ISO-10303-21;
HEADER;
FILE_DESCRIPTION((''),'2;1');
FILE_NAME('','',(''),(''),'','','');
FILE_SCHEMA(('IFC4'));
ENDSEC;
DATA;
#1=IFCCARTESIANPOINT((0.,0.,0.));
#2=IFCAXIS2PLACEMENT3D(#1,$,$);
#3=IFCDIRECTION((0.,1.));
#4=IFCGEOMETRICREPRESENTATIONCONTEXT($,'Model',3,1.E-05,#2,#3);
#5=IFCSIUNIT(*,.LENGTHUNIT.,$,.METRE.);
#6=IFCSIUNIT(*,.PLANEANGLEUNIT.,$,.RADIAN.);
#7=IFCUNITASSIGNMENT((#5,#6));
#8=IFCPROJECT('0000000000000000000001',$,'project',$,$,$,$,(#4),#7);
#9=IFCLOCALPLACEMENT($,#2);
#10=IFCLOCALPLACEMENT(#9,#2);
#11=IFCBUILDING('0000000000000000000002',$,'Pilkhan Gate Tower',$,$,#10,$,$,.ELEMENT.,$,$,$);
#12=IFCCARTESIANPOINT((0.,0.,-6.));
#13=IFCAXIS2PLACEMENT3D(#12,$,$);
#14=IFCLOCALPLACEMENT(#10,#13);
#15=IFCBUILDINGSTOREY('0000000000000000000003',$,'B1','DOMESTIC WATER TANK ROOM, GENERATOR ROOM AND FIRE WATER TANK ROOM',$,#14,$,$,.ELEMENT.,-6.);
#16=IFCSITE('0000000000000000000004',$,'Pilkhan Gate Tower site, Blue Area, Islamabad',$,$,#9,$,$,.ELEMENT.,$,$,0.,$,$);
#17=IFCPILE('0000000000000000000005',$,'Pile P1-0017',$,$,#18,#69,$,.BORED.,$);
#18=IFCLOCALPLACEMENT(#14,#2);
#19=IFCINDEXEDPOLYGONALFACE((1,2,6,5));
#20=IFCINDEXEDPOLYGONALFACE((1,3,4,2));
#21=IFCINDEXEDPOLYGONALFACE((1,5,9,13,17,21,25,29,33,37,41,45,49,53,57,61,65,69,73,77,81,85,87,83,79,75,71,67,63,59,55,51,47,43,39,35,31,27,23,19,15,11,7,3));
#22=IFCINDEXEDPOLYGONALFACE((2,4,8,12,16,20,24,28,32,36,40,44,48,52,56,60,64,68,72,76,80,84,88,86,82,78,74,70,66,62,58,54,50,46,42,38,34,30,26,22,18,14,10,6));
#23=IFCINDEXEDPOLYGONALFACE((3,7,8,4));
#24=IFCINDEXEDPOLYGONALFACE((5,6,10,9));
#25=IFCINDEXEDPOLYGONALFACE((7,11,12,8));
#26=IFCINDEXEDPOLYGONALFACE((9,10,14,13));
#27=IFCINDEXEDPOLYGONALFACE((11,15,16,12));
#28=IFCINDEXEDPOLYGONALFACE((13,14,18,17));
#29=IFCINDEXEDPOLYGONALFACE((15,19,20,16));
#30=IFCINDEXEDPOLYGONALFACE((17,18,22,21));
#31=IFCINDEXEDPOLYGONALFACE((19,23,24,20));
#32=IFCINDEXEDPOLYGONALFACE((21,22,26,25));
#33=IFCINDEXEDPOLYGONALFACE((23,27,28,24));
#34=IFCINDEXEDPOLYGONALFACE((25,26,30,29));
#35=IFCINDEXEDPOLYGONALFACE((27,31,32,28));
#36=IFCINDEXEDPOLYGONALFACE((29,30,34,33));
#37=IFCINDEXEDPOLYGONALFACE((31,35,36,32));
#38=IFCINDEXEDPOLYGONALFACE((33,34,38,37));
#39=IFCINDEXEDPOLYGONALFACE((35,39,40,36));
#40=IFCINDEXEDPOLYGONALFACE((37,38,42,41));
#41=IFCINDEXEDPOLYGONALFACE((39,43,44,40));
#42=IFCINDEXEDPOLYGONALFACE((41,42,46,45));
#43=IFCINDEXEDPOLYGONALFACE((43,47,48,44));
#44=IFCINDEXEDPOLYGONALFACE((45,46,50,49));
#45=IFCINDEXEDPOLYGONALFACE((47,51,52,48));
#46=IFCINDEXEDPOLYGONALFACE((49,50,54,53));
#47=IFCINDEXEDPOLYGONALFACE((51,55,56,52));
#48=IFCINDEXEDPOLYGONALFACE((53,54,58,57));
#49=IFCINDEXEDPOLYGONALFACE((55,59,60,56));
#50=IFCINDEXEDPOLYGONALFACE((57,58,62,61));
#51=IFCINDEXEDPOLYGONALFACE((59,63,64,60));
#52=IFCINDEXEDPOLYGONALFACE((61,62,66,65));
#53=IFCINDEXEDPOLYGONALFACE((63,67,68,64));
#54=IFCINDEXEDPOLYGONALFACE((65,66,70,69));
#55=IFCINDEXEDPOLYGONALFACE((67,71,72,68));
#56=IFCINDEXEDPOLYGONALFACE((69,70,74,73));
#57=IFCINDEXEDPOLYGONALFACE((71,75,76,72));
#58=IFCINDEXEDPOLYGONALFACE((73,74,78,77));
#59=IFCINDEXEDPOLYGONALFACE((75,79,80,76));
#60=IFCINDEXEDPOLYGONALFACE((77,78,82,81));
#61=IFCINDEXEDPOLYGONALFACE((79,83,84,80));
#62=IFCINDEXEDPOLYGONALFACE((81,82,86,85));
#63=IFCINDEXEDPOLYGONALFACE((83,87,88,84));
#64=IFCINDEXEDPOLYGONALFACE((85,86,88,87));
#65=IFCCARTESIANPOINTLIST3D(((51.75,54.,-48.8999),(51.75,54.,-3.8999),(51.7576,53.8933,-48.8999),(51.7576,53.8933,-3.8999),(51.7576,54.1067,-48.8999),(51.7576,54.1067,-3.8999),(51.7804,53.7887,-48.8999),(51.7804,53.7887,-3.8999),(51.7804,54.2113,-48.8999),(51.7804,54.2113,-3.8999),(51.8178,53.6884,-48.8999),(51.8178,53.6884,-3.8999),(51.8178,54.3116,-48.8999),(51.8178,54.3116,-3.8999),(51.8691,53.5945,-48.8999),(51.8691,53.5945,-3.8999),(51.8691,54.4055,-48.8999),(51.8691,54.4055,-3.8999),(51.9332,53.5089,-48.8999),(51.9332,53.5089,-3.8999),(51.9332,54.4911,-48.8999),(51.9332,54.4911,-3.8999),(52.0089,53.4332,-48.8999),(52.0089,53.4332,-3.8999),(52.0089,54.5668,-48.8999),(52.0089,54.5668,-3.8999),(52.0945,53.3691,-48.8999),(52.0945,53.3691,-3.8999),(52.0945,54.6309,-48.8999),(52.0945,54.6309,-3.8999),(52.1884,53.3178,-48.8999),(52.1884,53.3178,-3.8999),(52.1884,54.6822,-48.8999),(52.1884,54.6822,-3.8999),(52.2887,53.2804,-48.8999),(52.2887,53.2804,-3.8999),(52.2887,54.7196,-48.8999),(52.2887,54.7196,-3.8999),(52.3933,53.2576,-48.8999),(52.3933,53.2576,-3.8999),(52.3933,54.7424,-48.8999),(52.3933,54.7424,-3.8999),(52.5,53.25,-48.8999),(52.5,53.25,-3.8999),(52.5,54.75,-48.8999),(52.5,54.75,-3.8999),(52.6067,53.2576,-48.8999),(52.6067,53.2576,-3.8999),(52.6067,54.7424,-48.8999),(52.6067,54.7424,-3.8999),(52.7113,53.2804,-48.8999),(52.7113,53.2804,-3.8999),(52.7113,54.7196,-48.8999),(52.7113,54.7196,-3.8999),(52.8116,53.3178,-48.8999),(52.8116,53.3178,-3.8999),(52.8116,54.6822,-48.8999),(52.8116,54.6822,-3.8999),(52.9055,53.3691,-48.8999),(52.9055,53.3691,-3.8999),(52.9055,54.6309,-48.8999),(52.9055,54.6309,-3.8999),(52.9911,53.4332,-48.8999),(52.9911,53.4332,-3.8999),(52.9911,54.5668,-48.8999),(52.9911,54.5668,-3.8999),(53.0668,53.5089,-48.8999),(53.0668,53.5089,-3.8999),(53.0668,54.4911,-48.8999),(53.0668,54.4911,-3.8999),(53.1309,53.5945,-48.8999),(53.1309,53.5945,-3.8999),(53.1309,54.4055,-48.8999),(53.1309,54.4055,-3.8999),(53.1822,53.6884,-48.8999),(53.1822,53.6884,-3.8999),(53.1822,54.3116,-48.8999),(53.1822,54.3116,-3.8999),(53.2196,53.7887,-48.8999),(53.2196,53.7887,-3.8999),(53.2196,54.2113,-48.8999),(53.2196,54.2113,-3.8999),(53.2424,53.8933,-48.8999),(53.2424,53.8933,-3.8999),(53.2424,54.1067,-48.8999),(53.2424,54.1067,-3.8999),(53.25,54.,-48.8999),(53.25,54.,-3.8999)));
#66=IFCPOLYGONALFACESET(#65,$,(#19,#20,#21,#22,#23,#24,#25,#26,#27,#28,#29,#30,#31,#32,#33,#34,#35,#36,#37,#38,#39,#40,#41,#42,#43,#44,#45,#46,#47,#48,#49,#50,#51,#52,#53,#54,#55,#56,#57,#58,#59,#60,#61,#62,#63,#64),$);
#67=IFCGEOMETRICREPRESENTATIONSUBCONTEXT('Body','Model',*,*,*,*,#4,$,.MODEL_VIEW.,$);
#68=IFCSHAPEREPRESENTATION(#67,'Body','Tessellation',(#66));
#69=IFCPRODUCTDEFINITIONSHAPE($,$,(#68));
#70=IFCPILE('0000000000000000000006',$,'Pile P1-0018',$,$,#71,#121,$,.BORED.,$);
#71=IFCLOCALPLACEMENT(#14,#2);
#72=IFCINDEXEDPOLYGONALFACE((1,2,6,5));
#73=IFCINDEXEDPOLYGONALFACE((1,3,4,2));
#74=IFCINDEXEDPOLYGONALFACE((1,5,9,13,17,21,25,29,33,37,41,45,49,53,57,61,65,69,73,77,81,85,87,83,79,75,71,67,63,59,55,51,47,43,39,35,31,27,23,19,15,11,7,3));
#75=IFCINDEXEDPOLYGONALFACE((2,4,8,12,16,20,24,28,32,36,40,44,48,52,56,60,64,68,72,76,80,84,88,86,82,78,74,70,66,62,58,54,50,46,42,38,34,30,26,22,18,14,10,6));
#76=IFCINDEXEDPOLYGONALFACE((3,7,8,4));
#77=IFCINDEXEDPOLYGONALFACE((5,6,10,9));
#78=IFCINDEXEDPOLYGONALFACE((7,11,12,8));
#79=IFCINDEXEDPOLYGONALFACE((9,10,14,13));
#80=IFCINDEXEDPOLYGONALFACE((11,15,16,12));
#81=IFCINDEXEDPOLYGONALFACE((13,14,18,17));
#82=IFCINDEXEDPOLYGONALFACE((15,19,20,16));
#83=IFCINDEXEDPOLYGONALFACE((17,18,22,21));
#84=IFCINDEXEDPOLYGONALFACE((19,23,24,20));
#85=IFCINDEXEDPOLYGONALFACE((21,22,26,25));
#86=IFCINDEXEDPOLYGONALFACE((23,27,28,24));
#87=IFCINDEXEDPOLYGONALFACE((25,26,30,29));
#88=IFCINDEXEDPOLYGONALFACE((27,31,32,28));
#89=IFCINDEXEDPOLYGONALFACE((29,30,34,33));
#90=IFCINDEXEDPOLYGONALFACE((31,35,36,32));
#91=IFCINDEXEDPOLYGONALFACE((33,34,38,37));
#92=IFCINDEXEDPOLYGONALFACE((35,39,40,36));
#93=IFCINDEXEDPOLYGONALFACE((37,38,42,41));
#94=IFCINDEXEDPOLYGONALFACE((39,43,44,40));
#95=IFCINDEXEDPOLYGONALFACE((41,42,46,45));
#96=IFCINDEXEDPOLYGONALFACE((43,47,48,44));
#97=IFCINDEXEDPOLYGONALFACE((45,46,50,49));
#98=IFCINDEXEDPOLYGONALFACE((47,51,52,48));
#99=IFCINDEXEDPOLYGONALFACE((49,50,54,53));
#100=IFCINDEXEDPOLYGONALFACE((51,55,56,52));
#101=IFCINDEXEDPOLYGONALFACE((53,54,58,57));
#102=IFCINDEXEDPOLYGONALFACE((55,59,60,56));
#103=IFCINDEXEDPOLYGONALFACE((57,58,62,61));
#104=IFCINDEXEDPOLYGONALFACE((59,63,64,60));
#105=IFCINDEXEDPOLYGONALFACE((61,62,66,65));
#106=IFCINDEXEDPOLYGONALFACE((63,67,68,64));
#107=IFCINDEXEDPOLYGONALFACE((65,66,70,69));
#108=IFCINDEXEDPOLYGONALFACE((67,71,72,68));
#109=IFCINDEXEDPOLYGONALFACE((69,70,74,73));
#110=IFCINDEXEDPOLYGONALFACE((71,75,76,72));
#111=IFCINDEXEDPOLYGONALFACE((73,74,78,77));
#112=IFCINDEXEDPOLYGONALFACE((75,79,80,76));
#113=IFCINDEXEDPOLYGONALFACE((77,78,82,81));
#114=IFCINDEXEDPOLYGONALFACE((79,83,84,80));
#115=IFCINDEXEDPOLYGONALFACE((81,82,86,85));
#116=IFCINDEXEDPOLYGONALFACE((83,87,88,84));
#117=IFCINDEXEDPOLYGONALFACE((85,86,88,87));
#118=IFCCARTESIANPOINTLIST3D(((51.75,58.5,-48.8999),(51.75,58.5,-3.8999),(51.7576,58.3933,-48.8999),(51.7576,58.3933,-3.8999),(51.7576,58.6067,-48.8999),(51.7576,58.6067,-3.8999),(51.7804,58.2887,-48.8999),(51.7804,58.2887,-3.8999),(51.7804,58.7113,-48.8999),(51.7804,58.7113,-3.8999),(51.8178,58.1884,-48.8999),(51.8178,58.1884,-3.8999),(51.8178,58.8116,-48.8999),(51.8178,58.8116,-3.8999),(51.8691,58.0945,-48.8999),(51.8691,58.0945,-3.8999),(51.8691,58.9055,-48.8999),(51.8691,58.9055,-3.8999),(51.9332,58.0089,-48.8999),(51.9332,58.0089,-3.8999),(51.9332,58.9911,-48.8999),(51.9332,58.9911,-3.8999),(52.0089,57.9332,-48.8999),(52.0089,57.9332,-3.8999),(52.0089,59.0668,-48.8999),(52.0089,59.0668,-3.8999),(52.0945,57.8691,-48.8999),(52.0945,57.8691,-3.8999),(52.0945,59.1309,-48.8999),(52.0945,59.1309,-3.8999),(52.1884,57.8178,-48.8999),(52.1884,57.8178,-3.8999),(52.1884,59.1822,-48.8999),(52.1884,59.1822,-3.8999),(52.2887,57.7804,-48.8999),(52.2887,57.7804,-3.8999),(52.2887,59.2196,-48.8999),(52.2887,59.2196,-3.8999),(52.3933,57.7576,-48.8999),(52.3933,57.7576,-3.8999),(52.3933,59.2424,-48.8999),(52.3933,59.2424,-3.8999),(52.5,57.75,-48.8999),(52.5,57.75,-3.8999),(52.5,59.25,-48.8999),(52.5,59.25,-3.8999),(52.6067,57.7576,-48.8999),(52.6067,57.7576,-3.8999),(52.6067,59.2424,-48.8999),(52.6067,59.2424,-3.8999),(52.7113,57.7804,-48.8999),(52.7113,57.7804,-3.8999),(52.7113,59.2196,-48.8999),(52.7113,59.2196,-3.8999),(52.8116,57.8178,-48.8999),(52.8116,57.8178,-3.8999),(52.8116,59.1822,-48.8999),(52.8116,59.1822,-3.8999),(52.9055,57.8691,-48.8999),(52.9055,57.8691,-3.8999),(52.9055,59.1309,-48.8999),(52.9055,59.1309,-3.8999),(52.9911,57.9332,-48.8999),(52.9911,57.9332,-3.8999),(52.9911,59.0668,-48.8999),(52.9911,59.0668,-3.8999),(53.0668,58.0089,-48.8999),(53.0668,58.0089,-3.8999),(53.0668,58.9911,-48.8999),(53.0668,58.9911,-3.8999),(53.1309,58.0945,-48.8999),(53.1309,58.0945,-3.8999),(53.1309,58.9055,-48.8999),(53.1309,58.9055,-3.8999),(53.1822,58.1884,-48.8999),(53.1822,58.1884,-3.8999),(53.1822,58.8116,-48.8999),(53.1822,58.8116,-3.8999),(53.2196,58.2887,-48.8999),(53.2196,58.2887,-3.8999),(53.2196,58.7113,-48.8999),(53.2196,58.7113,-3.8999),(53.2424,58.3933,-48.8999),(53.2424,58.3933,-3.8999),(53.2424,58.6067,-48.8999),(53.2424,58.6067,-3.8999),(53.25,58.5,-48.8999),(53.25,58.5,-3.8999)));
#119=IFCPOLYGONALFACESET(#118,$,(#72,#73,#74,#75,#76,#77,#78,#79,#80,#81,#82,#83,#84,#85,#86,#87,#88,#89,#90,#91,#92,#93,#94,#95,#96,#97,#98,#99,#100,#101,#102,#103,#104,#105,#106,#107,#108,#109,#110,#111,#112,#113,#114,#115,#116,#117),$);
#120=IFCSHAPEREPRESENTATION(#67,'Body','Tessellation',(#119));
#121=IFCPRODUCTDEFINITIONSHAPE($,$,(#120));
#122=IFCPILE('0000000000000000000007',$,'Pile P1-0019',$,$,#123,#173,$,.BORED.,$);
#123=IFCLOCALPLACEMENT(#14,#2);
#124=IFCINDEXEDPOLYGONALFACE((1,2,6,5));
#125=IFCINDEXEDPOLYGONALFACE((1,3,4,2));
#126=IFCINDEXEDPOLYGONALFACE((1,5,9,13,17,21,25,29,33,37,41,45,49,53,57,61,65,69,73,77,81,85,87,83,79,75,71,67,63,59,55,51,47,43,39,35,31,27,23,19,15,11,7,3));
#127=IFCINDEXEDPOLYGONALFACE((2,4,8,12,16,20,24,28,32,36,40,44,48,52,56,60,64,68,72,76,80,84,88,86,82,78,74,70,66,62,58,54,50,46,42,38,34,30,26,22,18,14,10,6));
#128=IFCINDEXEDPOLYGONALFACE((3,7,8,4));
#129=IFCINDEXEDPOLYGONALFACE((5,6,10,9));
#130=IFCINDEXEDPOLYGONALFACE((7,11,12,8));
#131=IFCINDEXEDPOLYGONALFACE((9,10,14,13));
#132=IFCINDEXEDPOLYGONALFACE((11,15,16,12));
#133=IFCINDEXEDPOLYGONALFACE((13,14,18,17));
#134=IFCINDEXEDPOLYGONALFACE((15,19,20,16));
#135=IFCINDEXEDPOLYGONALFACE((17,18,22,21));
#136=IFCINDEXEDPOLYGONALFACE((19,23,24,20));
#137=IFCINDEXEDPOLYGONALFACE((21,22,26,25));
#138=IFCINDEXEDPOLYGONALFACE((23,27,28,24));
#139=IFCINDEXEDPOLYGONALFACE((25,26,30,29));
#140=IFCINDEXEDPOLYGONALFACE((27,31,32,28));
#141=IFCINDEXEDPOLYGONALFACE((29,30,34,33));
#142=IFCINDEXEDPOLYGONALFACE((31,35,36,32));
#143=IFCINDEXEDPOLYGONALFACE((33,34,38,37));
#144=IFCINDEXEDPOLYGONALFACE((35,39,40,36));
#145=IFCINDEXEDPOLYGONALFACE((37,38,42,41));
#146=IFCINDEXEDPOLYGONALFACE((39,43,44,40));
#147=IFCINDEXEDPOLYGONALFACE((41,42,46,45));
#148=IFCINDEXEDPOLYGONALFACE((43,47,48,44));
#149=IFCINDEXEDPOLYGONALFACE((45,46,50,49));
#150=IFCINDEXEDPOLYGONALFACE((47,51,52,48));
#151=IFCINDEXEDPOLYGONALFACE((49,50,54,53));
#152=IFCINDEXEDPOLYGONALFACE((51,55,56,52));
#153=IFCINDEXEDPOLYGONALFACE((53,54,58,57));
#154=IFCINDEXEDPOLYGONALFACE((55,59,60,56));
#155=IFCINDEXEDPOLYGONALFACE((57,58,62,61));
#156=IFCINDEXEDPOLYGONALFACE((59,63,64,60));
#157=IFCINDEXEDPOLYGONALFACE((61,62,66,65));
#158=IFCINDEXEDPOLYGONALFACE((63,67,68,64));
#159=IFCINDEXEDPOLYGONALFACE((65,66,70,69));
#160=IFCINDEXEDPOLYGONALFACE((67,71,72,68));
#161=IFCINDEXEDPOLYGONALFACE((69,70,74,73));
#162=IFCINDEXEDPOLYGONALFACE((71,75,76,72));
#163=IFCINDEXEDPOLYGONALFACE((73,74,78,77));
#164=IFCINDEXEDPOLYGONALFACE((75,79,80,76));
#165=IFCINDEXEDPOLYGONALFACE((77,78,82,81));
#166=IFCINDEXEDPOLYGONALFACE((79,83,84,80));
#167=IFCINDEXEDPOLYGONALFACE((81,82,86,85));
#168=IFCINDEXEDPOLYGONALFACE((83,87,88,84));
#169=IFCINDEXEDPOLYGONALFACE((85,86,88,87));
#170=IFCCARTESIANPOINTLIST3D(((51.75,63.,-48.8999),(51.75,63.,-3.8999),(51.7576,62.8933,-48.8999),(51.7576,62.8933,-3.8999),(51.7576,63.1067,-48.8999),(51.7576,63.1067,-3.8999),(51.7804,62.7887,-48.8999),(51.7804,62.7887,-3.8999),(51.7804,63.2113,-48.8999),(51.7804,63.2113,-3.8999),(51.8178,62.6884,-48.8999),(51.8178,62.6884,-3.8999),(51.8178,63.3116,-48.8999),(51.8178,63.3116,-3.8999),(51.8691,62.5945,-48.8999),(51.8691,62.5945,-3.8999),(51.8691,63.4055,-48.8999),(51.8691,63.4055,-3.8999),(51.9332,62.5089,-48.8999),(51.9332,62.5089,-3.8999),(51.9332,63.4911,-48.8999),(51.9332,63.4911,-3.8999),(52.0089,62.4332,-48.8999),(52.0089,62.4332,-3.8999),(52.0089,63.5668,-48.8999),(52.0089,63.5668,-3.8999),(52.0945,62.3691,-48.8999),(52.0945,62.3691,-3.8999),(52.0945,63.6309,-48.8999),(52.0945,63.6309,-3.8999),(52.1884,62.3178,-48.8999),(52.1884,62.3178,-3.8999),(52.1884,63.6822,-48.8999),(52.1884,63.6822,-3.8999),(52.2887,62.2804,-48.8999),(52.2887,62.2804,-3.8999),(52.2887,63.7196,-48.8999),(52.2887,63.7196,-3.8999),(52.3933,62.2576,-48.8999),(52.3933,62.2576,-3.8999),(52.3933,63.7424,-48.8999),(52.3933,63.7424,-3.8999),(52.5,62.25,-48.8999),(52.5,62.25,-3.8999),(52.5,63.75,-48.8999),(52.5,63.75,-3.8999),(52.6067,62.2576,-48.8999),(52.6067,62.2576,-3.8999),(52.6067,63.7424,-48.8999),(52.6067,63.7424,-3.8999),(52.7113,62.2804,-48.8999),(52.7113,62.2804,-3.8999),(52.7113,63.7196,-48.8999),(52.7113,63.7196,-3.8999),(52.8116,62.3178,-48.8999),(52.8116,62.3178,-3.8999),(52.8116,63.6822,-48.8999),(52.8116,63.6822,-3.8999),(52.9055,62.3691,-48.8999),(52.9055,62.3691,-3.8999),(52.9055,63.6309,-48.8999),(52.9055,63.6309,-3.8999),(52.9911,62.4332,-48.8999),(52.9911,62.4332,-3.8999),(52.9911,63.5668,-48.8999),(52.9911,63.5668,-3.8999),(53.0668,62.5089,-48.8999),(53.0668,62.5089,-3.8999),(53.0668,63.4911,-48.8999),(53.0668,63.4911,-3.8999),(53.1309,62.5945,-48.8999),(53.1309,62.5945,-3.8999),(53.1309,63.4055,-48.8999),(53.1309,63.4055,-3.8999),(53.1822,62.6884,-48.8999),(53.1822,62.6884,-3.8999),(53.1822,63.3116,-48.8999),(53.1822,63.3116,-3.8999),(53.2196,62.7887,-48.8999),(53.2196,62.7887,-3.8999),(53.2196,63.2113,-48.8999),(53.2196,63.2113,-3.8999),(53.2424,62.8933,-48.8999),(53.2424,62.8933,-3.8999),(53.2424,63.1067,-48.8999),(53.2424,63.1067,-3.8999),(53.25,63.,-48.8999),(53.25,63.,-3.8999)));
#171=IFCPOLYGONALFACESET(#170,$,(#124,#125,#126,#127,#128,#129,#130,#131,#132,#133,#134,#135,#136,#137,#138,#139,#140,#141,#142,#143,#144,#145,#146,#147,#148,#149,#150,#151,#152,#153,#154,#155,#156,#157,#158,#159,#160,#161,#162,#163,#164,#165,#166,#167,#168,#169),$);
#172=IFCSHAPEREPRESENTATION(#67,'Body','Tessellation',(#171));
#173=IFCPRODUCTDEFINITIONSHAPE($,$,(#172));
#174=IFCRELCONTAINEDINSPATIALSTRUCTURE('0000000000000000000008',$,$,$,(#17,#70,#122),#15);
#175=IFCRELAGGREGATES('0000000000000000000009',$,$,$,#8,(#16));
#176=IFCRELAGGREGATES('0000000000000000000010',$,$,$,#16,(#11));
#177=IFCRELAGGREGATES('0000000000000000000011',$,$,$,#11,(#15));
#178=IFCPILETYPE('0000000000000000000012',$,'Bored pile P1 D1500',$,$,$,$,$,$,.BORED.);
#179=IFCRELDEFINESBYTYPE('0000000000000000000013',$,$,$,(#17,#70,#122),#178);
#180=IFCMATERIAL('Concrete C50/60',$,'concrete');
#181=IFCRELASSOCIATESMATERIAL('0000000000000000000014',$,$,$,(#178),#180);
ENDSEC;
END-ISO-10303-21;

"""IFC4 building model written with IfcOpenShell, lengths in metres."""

from ifc_helpers import new_model, si_unit, direction, frame, origin, origin_2d, place, context, subcontext, project, spatial, circle, extrude, material, material_profile, profile_set, type_object, element, save


model = new_model("IFC4")

# Units and contexts
model_context = context("Model", 3, precision=1e-05, world=origin(), true_north=direction((0.0, 1.0)))
body_context = subcontext(model_context, "Body", "Model", "MODEL_VIEW")
ifc_project = project(units=[si_unit("LENGTHUNIT", "METRE"), si_unit("PLANEANGLEUNIT", "RADIAN")], contexts=[model_context])

# Site, building, storey
site_placement = place(None, origin())
site = spatial("IfcSite", under=ifc_project, at=site_placement, Name="Pilkhan Gate Tower site, Blue Area, Islamabad", CompositionType="ELEMENT", RefElevation=0.0)
building_placement = place(site_placement, origin())
building = spatial("IfcBuilding", under=site, at=building_placement, Name="Pilkhan Gate Tower", CompositionType="ELEMENT")
storey_placement = place(building_placement, frame((0.0, 0.0, -6.0)))
storey = spatial("IfcBuildingStorey", under=building, at=storey_placement, Name="B1", Description="DOMESTIC WATER TANK ROOM, GENERATOR ROOM AND FIRE WATER TANK ROOM", CompositionType="ELEMENT", Elevation=-6.0)

# Piles
ifc_material_1 = material(Name="Concrete C50/60", Category="concrete")
ifc_material_profile_1 = material_profile(ifc_material_1, circle(Radius=0.75, at=origin_2d()), Name="Bored pile 1500 dia")
ifc_profile_set_1 = profile_set([ifc_material_profile_1], Name="Concrete C50/60")
pile_type = type_object("IfcPileType", Name="Bored pile P1 D1500", PredefinedType="BORED", material=ifc_profile_set_1)
for number, where, z_axis, x_axis, name in (
    (1, (52.5, 54.0, -3.8999), (0.0, 0.0, -1.0), (1.0, 0.0, 0.0), "Pile P1-0017"),
    (2, (52.5, 58.5, -3.8999), (0.0, 0.0, -1.0), (1.0, 0.0, 0.0), "Pile P1-0018"),
    (3, (52.5, 63.0, -3.8999), (0.0, 0.0, -1.0), (1.0, 0.0, 0.0), "Pile P1-0019"),
):
    element("IfcPile", number, at=place(storey_placement, frame(where, z_axis=z_axis, x_axis=x_axis)), inside=storey, type_object=pile_type, Name=name, PredefinedType="BORED", context=body_context, shape_type="SweptSolid", body=[
        extrude(circle(Radius=0.75, at=origin_2d()), origin(), (0.0, 0.0, 1.0), 45.0),
    ])

save(model, "model.ifc")
